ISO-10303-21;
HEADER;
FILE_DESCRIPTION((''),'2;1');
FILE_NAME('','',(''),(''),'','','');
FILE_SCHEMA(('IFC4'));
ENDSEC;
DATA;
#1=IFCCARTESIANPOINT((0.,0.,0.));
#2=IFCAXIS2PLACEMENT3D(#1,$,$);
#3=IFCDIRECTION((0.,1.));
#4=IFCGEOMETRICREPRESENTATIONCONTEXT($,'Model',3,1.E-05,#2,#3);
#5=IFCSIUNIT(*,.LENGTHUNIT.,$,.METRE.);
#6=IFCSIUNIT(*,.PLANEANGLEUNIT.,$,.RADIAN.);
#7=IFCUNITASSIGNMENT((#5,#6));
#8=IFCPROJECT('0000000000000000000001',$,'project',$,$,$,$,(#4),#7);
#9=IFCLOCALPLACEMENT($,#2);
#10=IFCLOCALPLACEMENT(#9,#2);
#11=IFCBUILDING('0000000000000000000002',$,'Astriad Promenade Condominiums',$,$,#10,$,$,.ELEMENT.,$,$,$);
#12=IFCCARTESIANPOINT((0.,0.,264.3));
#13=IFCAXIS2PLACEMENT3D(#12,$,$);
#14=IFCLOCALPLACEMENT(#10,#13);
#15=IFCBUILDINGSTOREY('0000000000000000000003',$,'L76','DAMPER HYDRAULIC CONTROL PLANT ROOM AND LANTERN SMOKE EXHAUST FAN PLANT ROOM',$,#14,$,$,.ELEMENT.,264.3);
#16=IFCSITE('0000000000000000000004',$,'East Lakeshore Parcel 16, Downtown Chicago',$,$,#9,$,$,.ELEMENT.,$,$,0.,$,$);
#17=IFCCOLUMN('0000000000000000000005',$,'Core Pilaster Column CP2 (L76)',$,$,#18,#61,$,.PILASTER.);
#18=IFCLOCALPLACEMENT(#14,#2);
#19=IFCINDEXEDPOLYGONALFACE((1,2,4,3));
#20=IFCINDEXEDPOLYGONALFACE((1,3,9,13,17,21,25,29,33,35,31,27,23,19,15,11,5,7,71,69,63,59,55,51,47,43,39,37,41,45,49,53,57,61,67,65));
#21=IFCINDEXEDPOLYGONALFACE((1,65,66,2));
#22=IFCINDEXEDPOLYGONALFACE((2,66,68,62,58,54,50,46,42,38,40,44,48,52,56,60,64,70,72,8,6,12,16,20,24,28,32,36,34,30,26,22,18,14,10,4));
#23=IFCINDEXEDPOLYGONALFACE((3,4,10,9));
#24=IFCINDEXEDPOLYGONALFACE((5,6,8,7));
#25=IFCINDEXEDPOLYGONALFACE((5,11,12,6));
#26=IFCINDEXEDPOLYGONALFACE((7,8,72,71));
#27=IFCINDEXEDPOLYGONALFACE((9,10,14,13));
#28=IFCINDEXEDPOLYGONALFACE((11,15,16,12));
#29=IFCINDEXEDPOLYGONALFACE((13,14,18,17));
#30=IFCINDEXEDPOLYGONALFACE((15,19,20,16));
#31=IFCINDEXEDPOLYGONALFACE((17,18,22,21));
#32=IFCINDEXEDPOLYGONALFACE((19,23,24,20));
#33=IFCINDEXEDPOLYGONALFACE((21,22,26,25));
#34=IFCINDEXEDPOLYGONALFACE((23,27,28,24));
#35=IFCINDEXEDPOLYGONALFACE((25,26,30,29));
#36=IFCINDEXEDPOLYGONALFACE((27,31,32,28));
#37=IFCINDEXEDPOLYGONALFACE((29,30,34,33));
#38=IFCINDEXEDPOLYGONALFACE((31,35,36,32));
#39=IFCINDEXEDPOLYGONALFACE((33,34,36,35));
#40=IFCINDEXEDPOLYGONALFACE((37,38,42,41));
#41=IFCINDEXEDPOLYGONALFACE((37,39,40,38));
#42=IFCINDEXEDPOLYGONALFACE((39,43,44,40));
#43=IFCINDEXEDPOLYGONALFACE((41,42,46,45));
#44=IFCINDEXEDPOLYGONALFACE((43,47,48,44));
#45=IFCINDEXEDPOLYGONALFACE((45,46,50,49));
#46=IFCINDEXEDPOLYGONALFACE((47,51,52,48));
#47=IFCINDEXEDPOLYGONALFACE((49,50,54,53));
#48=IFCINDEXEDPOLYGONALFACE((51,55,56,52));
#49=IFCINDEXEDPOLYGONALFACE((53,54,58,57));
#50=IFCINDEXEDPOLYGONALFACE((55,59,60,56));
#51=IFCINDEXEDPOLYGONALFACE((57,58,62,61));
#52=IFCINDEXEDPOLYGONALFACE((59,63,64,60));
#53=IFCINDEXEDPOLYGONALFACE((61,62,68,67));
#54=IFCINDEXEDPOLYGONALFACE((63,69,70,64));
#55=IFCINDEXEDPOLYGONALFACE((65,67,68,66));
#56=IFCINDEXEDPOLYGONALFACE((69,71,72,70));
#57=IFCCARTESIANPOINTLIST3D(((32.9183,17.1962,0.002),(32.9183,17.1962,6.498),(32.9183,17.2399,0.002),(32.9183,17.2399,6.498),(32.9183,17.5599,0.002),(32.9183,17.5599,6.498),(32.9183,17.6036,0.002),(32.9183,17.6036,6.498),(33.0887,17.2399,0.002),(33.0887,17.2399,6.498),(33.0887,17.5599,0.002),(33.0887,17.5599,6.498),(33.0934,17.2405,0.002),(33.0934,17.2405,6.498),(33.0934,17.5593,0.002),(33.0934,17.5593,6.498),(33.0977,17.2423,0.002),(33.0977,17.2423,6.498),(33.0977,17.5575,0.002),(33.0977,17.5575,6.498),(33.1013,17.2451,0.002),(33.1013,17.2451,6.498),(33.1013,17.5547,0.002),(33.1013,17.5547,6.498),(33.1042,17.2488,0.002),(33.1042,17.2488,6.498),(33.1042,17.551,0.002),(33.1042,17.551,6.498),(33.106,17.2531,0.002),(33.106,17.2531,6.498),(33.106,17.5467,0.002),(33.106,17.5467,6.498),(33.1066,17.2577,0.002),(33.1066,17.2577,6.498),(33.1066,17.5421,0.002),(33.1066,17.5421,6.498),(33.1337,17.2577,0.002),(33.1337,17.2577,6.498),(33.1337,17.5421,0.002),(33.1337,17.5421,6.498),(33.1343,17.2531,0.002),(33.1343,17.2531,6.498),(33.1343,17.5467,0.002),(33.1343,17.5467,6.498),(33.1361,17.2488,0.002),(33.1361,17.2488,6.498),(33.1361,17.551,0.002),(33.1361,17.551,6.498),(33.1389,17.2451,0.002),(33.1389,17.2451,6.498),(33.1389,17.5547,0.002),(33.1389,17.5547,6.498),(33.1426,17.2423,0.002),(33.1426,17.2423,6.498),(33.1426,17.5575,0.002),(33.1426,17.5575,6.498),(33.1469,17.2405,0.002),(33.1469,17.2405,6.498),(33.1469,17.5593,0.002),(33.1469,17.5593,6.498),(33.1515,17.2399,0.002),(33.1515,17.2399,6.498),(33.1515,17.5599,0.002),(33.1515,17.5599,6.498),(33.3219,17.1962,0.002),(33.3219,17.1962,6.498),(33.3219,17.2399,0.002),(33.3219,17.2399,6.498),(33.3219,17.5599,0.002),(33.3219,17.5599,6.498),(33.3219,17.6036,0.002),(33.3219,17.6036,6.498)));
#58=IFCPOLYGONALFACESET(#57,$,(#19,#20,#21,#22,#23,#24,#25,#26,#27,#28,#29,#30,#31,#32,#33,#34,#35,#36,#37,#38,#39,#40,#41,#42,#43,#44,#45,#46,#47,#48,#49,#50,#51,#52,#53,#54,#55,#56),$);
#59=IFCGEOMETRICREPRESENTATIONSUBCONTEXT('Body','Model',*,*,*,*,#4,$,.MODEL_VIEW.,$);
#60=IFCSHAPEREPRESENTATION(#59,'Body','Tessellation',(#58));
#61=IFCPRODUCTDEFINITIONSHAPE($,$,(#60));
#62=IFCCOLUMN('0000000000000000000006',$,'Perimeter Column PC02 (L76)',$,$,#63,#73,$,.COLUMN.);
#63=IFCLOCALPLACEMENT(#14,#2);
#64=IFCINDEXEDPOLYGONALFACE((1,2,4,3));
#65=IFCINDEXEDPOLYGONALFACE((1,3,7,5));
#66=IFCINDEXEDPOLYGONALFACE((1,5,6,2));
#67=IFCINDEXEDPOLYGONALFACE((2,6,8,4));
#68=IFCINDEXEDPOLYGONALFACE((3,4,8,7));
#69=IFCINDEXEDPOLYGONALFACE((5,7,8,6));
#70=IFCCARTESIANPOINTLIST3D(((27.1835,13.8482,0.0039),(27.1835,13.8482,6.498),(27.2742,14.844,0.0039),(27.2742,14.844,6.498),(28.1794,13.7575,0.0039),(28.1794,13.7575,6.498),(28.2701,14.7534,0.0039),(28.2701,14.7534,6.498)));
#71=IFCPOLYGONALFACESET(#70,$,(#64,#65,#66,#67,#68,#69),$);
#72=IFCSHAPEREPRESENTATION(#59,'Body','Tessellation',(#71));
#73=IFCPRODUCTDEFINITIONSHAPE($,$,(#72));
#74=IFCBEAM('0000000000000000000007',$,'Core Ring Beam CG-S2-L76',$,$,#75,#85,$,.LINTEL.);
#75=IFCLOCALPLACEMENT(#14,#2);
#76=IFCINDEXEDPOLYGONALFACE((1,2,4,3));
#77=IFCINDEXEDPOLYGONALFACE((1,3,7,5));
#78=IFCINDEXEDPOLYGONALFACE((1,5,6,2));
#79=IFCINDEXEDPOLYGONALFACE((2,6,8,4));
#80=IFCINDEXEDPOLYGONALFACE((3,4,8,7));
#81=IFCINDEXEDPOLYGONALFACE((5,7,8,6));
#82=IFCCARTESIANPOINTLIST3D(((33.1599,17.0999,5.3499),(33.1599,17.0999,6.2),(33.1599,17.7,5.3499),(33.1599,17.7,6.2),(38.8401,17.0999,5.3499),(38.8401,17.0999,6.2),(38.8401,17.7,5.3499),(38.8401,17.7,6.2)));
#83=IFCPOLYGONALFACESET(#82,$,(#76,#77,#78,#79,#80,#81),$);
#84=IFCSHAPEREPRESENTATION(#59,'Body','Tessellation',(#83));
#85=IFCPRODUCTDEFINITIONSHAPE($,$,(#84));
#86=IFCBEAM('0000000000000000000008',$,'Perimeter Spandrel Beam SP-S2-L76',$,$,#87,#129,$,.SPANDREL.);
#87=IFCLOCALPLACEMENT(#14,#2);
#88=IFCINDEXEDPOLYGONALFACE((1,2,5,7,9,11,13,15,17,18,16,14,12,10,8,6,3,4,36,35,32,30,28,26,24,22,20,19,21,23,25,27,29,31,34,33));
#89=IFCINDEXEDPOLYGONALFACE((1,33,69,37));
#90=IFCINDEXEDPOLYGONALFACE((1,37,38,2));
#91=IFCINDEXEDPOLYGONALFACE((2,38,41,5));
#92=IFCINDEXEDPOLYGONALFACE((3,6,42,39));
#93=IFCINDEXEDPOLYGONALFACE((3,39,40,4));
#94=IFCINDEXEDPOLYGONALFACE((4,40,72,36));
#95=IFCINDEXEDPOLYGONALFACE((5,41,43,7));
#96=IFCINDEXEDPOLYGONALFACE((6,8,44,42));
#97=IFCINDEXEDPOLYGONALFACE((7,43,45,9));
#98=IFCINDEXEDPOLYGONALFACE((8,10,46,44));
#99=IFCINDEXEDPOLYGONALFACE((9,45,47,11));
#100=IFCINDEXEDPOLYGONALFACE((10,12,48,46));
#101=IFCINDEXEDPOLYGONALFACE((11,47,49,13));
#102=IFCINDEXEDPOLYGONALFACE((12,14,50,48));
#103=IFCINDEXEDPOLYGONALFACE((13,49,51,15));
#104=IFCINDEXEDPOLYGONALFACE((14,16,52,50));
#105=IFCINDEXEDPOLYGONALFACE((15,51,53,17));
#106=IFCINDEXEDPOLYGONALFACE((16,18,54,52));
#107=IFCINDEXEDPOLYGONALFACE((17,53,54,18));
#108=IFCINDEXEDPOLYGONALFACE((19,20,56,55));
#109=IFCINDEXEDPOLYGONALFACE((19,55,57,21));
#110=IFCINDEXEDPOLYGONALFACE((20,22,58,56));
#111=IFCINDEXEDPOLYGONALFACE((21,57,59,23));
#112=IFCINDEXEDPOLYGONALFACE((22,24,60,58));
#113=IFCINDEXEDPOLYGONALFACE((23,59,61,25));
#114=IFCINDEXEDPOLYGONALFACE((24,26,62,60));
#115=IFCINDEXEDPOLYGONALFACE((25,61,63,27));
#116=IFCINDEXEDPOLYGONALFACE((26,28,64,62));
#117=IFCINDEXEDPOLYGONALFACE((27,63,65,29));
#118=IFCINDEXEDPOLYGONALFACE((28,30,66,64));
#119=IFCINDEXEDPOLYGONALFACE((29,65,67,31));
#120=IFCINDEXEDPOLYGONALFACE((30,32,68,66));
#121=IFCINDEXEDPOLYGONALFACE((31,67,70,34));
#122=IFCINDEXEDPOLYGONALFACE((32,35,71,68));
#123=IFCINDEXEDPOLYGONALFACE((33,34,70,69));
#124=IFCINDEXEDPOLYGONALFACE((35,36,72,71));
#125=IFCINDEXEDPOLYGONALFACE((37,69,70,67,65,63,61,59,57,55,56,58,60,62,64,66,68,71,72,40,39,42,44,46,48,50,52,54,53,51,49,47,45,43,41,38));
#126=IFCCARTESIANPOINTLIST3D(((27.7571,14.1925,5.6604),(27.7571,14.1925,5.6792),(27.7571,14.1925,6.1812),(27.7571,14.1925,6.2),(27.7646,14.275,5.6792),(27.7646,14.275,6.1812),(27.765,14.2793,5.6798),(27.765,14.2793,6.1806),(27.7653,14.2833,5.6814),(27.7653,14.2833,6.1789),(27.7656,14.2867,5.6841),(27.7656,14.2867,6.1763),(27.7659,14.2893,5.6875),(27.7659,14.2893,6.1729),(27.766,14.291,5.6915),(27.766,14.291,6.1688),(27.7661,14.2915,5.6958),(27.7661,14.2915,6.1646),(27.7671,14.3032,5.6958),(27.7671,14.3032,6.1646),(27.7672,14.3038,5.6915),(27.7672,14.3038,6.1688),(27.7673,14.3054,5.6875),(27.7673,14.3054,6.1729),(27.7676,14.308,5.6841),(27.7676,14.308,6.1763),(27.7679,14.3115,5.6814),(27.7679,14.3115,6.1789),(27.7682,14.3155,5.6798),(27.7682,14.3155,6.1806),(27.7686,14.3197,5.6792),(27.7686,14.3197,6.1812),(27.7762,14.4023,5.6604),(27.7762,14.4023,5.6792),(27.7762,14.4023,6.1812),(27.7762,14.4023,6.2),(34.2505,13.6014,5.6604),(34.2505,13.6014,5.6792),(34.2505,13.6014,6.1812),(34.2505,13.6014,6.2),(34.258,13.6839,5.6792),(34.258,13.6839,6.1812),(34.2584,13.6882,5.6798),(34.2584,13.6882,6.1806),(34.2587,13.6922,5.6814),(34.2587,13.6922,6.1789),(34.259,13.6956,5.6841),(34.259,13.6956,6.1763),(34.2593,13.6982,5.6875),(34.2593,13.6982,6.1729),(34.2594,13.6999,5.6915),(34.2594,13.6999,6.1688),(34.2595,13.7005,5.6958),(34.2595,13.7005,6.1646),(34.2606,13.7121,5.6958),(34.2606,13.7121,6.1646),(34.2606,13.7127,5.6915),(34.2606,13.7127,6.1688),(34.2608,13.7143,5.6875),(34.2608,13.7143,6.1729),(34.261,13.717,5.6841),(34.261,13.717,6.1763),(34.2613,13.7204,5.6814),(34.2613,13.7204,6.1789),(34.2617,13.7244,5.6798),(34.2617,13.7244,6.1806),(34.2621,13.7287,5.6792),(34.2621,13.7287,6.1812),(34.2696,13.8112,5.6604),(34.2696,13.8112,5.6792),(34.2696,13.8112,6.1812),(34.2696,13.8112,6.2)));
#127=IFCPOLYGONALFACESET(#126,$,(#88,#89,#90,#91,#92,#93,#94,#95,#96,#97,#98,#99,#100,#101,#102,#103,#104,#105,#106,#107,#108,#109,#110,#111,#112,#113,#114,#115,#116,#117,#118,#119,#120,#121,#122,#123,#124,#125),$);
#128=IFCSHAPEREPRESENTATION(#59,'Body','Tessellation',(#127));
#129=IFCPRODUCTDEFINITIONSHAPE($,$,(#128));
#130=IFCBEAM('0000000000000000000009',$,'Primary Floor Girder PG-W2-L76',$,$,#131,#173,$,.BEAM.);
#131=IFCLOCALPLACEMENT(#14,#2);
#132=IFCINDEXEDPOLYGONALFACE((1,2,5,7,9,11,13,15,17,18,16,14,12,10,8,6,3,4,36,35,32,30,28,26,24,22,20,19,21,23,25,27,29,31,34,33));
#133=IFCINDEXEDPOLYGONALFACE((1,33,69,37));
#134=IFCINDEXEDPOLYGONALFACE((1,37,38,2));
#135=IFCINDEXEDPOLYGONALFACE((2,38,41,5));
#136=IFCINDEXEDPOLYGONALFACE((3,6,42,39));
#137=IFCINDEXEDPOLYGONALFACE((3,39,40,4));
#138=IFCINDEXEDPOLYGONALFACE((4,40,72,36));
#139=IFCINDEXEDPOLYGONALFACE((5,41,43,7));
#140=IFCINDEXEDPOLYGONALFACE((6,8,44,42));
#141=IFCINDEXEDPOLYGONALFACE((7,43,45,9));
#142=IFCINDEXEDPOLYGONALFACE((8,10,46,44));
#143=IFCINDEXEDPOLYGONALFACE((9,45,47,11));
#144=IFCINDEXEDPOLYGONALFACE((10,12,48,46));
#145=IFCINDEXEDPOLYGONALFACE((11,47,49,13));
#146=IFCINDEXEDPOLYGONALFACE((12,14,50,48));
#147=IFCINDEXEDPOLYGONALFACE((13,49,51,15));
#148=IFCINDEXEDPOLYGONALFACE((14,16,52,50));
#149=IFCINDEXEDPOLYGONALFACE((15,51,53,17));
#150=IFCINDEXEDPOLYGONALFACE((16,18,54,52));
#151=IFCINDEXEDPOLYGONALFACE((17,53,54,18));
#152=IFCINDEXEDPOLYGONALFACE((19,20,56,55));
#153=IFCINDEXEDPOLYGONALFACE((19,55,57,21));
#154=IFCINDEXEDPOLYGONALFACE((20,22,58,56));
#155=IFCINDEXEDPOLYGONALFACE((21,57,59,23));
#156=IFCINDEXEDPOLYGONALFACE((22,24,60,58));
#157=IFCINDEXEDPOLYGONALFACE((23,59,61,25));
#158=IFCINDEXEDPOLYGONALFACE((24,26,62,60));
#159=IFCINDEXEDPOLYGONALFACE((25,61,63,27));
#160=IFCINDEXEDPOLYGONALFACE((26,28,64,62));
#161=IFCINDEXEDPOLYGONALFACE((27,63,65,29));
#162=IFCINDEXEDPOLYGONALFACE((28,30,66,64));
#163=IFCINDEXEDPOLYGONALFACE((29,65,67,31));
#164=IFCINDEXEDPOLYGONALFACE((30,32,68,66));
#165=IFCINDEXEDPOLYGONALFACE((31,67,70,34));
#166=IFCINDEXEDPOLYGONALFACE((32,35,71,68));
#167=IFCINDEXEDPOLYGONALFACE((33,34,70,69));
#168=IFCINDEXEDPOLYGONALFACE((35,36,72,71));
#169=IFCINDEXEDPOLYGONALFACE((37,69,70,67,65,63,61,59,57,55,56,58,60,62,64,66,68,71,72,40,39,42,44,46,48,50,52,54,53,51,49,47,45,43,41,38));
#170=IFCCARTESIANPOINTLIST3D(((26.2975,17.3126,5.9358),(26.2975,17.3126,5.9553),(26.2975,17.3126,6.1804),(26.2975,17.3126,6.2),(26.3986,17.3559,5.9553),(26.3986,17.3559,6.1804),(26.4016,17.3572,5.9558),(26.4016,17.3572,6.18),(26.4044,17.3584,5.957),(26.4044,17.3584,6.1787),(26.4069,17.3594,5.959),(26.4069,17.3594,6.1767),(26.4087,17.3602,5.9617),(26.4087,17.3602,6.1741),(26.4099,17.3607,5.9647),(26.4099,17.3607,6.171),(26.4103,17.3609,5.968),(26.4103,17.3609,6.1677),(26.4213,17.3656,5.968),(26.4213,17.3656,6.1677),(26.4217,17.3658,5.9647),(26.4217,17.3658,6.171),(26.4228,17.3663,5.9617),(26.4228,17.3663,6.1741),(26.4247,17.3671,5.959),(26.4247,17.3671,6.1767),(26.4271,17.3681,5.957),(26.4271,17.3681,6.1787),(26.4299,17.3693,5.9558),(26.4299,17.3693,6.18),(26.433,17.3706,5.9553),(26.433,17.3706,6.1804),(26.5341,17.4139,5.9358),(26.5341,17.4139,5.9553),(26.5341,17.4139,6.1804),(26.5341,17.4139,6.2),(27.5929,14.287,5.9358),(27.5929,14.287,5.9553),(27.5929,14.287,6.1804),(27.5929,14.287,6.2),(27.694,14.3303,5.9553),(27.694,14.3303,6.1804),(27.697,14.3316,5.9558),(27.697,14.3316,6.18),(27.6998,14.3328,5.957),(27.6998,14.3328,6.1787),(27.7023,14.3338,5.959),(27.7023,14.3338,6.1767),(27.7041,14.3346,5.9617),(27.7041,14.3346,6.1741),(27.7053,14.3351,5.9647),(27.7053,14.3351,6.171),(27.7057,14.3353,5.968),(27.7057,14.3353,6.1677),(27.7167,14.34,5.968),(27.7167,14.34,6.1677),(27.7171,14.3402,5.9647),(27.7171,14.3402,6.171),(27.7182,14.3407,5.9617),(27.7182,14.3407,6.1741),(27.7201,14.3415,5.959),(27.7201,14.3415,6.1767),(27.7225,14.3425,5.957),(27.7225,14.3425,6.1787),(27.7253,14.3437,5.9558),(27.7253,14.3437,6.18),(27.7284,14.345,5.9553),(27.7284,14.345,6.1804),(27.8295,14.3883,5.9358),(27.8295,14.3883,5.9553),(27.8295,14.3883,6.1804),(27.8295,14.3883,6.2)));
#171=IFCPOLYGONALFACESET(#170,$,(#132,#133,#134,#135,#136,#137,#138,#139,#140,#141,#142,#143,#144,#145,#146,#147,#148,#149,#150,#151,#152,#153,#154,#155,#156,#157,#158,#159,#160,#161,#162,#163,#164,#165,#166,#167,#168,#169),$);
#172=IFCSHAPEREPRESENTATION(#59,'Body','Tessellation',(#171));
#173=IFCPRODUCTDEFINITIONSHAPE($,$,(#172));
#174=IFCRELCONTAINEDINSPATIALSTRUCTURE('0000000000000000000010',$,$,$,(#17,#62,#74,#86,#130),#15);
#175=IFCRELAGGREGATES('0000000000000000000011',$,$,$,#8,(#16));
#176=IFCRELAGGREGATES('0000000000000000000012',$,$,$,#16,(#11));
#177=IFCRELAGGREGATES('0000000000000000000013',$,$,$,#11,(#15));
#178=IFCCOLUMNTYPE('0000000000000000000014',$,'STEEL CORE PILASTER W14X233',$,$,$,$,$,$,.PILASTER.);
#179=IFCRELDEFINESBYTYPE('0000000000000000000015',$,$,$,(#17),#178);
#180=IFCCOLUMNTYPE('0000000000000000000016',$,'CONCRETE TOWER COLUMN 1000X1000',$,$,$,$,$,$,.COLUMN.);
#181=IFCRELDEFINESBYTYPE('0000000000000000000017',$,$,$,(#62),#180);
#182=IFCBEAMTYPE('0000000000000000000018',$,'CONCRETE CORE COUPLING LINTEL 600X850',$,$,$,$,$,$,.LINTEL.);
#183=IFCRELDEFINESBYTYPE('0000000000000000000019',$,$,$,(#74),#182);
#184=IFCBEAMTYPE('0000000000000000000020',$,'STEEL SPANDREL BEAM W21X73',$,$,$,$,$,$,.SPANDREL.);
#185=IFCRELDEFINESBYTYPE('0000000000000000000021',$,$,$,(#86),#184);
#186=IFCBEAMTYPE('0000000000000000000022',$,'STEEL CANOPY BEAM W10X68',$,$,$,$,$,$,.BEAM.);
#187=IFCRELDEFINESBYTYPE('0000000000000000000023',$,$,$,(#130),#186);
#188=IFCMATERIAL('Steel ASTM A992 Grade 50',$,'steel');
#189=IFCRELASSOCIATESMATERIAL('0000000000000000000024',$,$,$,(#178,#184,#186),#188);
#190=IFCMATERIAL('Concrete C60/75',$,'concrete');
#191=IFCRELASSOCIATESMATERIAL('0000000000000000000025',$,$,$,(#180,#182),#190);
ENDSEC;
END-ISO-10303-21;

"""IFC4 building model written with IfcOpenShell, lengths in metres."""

from ifc_helpers import new_model, si_unit, direction, frame, origin, origin_2d, place, context, subcontext, project, spatial, rectangle, i_section, extrude, source, transform, mapped, material, material_profile, profile_set, type_object, type_shapes, element, save


model = new_model("IFC4")

# Units and contexts
model_context = context("Model", 3, precision=1e-05, world=origin(), true_north=direction((0.0, 1.0)))
body_context = subcontext(model_context, "Body", "Model", "MODEL_VIEW")
ifc_project = project(units=[si_unit("LENGTHUNIT", "METRE"), si_unit("PLANEANGLEUNIT", "RADIAN")], contexts=[model_context])

# Site, building, storey
site_placement = place(None, origin())
site = spatial("IfcSite", under=ifc_project, at=site_placement, Name="East Lakeshore Parcel 16, Downtown Chicago", CompositionType="ELEMENT", RefElevation=0.0)
building_placement = place(site_placement, origin())
building = spatial("IfcBuilding", under=site, at=building_placement, Name="Astriad Promenade Condominiums", CompositionType="ELEMENT")
storey_placement = place(building_placement, frame((0.0, 0.0, 264.3)))
storey = spatial("IfcBuildingStorey", under=building, at=storey_placement, Name="L76", Description="DAMPER HYDRAULIC CONTROL PLANT ROOM AND LANTERN SMOKE EXHAUST FAN PLANT ROOM", CompositionType="ELEMENT", Elevation=264.3)

# Columns
ifc_material_1 = material(Name="Steel ASTM A992 Grade 50", Category="steel")
ifc_material_profile_1 = material_profile(ifc_material_1, i_section(OverallWidth=0.4036, OverallDepth=0.4075, WebThickness=0.0271, FlangeThickness=0.0437, FilletRadius=0.0178, at=origin_2d()), Name="W14X233")
ifc_profile_set_1 = profile_set([ifc_material_profile_1], Name="Steel ASTM A992 Grade 50")
column_type_1 = type_object("IfcColumnType", Name="STEEL CORE PILASTER W14X233", PredefinedType="PILASTER", material=ifc_profile_set_1)
shared_shape_1 = source(origin(), body_context, "Body", "SweptSolid", [
    extrude(i_section(OverallWidth=0.4036, OverallDepth=0.4075, WebThickness=0.0271, FlangeThickness=0.0437, FilletRadius=0.0178, at=origin_2d()), origin(), (0.0, 0.0, 1.0), 6.4961),
])
type_shapes(column_type_1, [shared_shape_1])
column_1_placement = place(storey_placement, frame((33.1201, 17.3999, 0.002), z_axis=(0.0, 0.0, 1.0), x_axis=(1.0, 0.0, 0.0)))
element("IfcColumn", 1, at=column_1_placement, inside=storey, type_object=column_type_1, Name="Core Pilaster Column CP2 (L76)", PredefinedType="PILASTER", context=body_context, shape_type="MappedRepresentation", body=[
    mapped(shared_shape_1, transform((0.0, 0.0, 0.0), scale=1.0)),
])
ifc_material_2 = material(Name="Concrete C60/75", Category="concrete")
ifc_material_profile_2 = material_profile(ifc_material_2, rectangle(XDim=1.0, YDim=1.0, at=origin_2d()), Name="RC-COL-1000X1000")
ifc_profile_set_2 = profile_set([ifc_material_profile_2], Name="Concrete C60/75")
column_type_2 = type_object("IfcColumnType", Name="CONCRETE TOWER COLUMN 1000X1000", PredefinedType="COLUMN", material=ifc_profile_set_2)
shared_shape_2 = source(origin(), body_context, "Body", "SweptSolid", [
    extrude(rectangle(XDim=1.0, YDim=1.0, at=origin_2d()), origin(), (0.0, 0.0, 1.0), 6.4941),
])
type_shapes(column_type_2, [shared_shape_2])
column_2_placement = place(storey_placement, frame((27.7268, 14.3008, 0.0039), z_axis=(0.0, 0.0, 1.0), x_axis=(0.995884, -0.090633, 0.0)))
element("IfcColumn", 2, at=column_2_placement, inside=storey, type_object=column_type_2, Name="Perimeter Column PC02 (L76)", PredefinedType="COLUMN", context=body_context, shape_type="MappedRepresentation", body=[
    mapped(shared_shape_2, transform((0.0, 0.0, 0.0), scale=1.0)),
])

# Beams
ifc_material_profile_3 = material_profile(ifc_material_2, rectangle(XDim=0.6001, YDim=0.8501, at=origin_2d()), Name="RC-BM-600X850")
ifc_profile_set_3 = profile_set([ifc_material_profile_3], Name="Concrete C60/75")
beam_type_1 = type_object("IfcBeamType", Name="CONCRETE CORE COUPLING LINTEL 600X850", PredefinedType="LINTEL", material=ifc_profile_set_3)
shared_shape_3 = source(origin(), body_context, "Body", "SweptSolid", [
    extrude(rectangle(XDim=0.6001, YDim=0.8501, at=origin_2d()), origin(), (0.0, 0.0, 1.0), 5.6802),
])
type_shapes(beam_type_1, [shared_shape_3])
beam_1_placement = place(storey_placement, frame((33.1599, 17.3999, 5.7749), z_axis=(1.0, 0.0, 0.0), x_axis=(0.0, 1.0, 0.0)))
element("IfcBeam", 3, at=beam_1_placement, inside=storey, type_object=beam_type_1, Name="Core Ring Beam CG-S2-L76", PredefinedType="LINTEL", context=body_context, shape_type="MappedRepresentation", body=[
    mapped(shared_shape_3, transform((0.0, 0.0, 0.0), scale=1.0)),
])
ifc_material_profile_4 = material_profile(ifc_material_1, i_section(OverallWidth=0.2107, OverallDepth=0.5396, WebThickness=0.0117, FlangeThickness=0.0188, FilletRadius=0.0166, at=origin_2d()), Name="W21X73")
ifc_profile_set_4 = profile_set([ifc_material_profile_4], Name="Steel ASTM A992 Grade 50")
beam_type_2 = type_object("IfcBeamType", Name="STEEL SPANDREL BEAM W21X73", PredefinedType="SPANDREL", material=ifc_profile_set_4)
shared_shape_4 = source(origin(), body_context, "Body", "SweptSolid", [
    extrude(i_section(OverallWidth=0.2107, OverallDepth=0.5396, WebThickness=0.0117, FlangeThickness=0.0188, FilletRadius=0.0166, at=origin_2d()), origin(), (0.0, 0.0, 1.0), 6.5203),
])
type_shapes(beam_type_2, [shared_shape_4])
beam_2_placement = place(storey_placement, frame((27.7666, 14.2974, 5.9302), z_axis=(0.995883, -0.090651, 0.0), x_axis=(0.090651, 0.995883, 0.0)))
element("IfcBeam", 4, at=beam_2_placement, inside=storey, type_object=beam_type_2, Name="Perimeter Spandrel Beam SP-S2-L76", PredefinedType="SPANDREL", context=body_context, shape_type="MappedRepresentation", body=[
    mapped(shared_shape_4, transform((0.0, 0.0, 0.0), scale=1.0)),
])
ifc_material_profile_5 = material_profile(ifc_material_1, i_section(OverallWidth=0.2573, OverallDepth=0.2642, WebThickness=0.012, FlangeThickness=0.0195, FilletRadius=0.0127, at=origin_2d()), Name="W10X68")
ifc_profile_set_5 = profile_set([ifc_material_profile_5], Name="Steel ASTM A992 Grade 50")
beam_type_3 = type_object("IfcBeamType", Name="STEEL CANOPY BEAM W10X68", PredefinedType="BEAM", material=ifc_profile_set_5)
shared_shape_5 = source(origin(), body_context, "Body", "SweptSolid", [
    extrude(i_section(OverallWidth=0.2573, OverallDepth=0.2642, WebThickness=0.012, FlangeThickness=0.0195, FilletRadius=0.0127, at=origin_2d()), origin(), (0.0, 0.0, 1.0), 3.2913),
])
type_shapes(beam_type_3, [shared_shape_5])
beam_3_placement = place(storey_placement, frame((27.7112, 14.3376, 6.0679), z_axis=(-0.393588, 0.919287, 0.0), x_axis=(-0.919287, -0.393588, 0.0)))
element("IfcBeam", 5, at=beam_3_placement, inside=storey, type_object=beam_type_3, Name="Primary Floor Girder PG-W2-L76", PredefinedType="BEAM", context=body_context, shape_type="MappedRepresentation", body=[
    mapped(shared_shape_5, transform((0.0, 0.0, 0.0), scale=1.0)),
])

save(model, "model.ifc")
